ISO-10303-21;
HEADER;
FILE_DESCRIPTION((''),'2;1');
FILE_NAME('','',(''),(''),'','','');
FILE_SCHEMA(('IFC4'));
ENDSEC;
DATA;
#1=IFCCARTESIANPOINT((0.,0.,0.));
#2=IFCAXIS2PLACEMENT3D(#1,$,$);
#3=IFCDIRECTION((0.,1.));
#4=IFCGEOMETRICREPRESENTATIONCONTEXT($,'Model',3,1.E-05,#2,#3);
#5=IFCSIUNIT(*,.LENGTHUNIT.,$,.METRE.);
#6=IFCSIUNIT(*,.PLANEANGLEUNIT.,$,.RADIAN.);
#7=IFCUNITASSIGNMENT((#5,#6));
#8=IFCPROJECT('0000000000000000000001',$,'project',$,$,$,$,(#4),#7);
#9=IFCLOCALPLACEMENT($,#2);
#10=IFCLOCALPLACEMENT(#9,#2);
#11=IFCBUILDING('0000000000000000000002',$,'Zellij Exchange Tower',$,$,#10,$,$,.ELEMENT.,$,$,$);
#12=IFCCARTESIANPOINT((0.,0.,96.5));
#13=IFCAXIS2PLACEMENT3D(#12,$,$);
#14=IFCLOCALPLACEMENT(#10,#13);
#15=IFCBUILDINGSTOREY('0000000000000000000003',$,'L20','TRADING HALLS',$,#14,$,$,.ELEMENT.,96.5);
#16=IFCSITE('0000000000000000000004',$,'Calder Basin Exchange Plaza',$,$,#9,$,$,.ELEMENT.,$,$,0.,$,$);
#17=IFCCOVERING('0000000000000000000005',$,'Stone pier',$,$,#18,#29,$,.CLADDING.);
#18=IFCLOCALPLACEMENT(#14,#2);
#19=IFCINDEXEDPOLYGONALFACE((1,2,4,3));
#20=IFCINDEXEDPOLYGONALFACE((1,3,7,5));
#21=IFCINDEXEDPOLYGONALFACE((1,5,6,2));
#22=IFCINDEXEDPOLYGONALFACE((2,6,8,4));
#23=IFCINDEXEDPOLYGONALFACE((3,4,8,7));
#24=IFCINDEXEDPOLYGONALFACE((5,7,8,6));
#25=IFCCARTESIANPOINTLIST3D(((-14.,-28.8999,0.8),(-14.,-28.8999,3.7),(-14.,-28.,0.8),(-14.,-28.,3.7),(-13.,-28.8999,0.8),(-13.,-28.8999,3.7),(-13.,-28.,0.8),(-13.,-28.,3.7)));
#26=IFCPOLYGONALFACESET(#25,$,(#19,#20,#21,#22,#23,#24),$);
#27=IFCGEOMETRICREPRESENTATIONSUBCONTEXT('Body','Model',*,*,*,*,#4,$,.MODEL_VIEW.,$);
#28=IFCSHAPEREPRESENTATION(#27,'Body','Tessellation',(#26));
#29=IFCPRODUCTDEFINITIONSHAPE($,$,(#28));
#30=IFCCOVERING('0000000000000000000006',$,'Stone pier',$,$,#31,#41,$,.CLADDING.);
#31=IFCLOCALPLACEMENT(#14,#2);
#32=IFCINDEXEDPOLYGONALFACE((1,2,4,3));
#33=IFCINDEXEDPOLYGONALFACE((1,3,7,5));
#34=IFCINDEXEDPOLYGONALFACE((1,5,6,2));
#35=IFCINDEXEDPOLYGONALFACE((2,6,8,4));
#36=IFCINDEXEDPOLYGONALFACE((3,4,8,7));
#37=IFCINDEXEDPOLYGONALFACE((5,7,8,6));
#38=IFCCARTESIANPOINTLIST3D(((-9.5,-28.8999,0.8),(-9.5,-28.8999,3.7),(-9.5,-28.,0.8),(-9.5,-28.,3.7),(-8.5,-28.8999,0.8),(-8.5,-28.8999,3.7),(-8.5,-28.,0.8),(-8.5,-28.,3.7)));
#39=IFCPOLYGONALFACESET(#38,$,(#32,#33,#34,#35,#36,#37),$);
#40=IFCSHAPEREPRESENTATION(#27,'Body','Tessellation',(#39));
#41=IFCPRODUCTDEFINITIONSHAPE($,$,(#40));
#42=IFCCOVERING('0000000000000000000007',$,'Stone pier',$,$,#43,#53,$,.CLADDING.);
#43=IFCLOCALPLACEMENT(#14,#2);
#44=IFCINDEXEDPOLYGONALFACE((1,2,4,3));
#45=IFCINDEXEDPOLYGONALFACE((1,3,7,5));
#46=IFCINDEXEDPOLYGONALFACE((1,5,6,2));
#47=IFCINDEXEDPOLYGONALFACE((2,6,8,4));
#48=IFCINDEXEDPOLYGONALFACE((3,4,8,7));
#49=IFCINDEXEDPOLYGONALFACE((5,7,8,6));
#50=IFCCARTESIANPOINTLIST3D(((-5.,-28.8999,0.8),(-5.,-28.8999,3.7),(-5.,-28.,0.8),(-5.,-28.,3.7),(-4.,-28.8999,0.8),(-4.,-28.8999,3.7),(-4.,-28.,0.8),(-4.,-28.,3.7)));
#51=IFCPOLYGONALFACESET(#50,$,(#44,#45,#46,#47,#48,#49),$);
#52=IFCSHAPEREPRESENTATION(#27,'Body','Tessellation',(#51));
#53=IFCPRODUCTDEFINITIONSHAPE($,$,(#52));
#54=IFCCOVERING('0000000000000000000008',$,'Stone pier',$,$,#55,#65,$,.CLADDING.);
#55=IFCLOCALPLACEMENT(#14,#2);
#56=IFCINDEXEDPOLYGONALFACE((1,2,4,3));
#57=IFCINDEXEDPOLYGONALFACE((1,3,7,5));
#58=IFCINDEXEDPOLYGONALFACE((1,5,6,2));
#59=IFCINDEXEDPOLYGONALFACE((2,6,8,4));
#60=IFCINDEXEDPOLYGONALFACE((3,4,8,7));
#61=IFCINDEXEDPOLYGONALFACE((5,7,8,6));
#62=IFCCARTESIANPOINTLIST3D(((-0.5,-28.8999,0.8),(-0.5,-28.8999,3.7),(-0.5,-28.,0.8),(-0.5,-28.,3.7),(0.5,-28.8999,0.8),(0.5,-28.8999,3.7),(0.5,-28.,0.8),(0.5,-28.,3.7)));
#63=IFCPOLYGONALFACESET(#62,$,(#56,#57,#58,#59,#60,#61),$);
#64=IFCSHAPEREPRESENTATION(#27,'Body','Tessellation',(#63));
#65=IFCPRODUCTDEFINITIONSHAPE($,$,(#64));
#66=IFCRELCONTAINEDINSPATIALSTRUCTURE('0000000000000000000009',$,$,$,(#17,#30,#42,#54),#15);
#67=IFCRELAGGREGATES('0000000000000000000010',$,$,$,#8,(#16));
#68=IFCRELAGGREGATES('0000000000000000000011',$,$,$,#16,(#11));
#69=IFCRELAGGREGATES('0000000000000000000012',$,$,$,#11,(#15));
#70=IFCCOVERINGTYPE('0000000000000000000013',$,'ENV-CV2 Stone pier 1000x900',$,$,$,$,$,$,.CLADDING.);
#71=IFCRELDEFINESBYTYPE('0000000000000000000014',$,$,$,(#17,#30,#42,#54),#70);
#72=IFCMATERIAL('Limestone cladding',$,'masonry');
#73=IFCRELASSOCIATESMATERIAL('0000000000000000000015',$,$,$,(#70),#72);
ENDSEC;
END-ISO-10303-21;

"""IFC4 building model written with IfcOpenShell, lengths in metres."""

from ifc_helpers import new_model, si_unit, direction, frame, origin, place, context, subcontext, project, spatial, polyline, outline, extrude, material, type_object, element, save


model = new_model("IFC4")

# Units and contexts
model_context = context("Model", 3, precision=1e-05, world=origin(), true_north=direction((0.0, 1.0)))
body_context = subcontext(model_context, "Body", "Model", "MODEL_VIEW")
ifc_project = project(units=[si_unit("LENGTHUNIT", "METRE"), si_unit("PLANEANGLEUNIT", "RADIAN")], contexts=[model_context])

# Site, building, storey
site_placement = place(None, origin())
site = spatial("IfcSite", under=ifc_project, at=site_placement, Name="Calder Basin Exchange Plaza", CompositionType="ELEMENT", RefElevation=0.0)
building_placement = place(site_placement, origin())
building = spatial("IfcBuilding", under=site, at=building_placement, Name="Zellij Exchange Tower", CompositionType="ELEMENT")
storey_placement = place(building_placement, frame((0.0, 0.0, 96.5)))
storey = spatial("IfcBuildingStorey", under=building, at=storey_placement, Name="L20", Description="TRADING HALLS", CompositionType="ELEMENT", Elevation=96.5)

# Coverings
ifc_material_1 = material(Name="Limestone cladding", Category="masonry")
covering_type = type_object("IfcCoveringType", Name="ENV-CV2 Stone pier 1000x900", PredefinedType="CLADDING", material=ifc_material_1)
covering_1_placement = place(storey_placement, frame((0.0, 0.0, 0.8)))
element("IfcCovering", 1, at=covering_1_placement, inside=storey, type_object=covering_type, Name="Stone pier", PredefinedType="CLADDING", context=body_context, shape_type="SweptSolid", body=[
    extrude(outline(polyline([(-14.0, -28.0), (-13.0, -28.0), (-13.0, -28.8999), (-14.0, -28.8999), (-14.0, -28.0)])), origin(), (0.0, 0.0, 1.0), 2.8999),
])
covering_2_placement = place(storey_placement, frame((0.0, 0.0, 0.8)))
element("IfcCovering", 2, at=covering_2_placement, inside=storey, type_object=covering_type, Name="Stone pier", PredefinedType="CLADDING", context=body_context, shape_type="SweptSolid", body=[
    extrude(outline(polyline([(-9.5, -28.0), (-8.5, -28.0), (-8.5, -28.8999), (-9.5, -28.8999), (-9.5, -28.0)])), origin(), (0.0, 0.0, 1.0), 2.8999),
])
covering_3_placement = place(storey_placement, frame((0.0, 0.0, 0.8)))
element("IfcCovering", 3, at=covering_3_placement, inside=storey, type_object=covering_type, Name="Stone pier", PredefinedType="CLADDING", context=body_context, shape_type="SweptSolid", body=[
    extrude(outline(polyline([(-5.0, -28.0), (-4.0, -28.0), (-4.0, -28.8999), (-5.0, -28.8999), (-5.0, -28.0)])), origin(), (0.0, 0.0, 1.0), 2.8999),
])
covering_4_placement = place(storey_placement, frame((0.0, 0.0, 0.8)))
element("IfcCovering", 4, at=covering_4_placement, inside=storey, type_object=covering_type, Name="Stone pier", PredefinedType="CLADDING", context=body_context, shape_type="SweptSolid", body=[
    extrude(outline(polyline([(-0.5, -28.0), (0.5, -28.0), (0.5, -28.8999), (-0.5, -28.8999), (-0.5, -28.0)])), origin(), (0.0, 0.0, 1.0), 2.8999),
])

save(model, "model.ifc")
